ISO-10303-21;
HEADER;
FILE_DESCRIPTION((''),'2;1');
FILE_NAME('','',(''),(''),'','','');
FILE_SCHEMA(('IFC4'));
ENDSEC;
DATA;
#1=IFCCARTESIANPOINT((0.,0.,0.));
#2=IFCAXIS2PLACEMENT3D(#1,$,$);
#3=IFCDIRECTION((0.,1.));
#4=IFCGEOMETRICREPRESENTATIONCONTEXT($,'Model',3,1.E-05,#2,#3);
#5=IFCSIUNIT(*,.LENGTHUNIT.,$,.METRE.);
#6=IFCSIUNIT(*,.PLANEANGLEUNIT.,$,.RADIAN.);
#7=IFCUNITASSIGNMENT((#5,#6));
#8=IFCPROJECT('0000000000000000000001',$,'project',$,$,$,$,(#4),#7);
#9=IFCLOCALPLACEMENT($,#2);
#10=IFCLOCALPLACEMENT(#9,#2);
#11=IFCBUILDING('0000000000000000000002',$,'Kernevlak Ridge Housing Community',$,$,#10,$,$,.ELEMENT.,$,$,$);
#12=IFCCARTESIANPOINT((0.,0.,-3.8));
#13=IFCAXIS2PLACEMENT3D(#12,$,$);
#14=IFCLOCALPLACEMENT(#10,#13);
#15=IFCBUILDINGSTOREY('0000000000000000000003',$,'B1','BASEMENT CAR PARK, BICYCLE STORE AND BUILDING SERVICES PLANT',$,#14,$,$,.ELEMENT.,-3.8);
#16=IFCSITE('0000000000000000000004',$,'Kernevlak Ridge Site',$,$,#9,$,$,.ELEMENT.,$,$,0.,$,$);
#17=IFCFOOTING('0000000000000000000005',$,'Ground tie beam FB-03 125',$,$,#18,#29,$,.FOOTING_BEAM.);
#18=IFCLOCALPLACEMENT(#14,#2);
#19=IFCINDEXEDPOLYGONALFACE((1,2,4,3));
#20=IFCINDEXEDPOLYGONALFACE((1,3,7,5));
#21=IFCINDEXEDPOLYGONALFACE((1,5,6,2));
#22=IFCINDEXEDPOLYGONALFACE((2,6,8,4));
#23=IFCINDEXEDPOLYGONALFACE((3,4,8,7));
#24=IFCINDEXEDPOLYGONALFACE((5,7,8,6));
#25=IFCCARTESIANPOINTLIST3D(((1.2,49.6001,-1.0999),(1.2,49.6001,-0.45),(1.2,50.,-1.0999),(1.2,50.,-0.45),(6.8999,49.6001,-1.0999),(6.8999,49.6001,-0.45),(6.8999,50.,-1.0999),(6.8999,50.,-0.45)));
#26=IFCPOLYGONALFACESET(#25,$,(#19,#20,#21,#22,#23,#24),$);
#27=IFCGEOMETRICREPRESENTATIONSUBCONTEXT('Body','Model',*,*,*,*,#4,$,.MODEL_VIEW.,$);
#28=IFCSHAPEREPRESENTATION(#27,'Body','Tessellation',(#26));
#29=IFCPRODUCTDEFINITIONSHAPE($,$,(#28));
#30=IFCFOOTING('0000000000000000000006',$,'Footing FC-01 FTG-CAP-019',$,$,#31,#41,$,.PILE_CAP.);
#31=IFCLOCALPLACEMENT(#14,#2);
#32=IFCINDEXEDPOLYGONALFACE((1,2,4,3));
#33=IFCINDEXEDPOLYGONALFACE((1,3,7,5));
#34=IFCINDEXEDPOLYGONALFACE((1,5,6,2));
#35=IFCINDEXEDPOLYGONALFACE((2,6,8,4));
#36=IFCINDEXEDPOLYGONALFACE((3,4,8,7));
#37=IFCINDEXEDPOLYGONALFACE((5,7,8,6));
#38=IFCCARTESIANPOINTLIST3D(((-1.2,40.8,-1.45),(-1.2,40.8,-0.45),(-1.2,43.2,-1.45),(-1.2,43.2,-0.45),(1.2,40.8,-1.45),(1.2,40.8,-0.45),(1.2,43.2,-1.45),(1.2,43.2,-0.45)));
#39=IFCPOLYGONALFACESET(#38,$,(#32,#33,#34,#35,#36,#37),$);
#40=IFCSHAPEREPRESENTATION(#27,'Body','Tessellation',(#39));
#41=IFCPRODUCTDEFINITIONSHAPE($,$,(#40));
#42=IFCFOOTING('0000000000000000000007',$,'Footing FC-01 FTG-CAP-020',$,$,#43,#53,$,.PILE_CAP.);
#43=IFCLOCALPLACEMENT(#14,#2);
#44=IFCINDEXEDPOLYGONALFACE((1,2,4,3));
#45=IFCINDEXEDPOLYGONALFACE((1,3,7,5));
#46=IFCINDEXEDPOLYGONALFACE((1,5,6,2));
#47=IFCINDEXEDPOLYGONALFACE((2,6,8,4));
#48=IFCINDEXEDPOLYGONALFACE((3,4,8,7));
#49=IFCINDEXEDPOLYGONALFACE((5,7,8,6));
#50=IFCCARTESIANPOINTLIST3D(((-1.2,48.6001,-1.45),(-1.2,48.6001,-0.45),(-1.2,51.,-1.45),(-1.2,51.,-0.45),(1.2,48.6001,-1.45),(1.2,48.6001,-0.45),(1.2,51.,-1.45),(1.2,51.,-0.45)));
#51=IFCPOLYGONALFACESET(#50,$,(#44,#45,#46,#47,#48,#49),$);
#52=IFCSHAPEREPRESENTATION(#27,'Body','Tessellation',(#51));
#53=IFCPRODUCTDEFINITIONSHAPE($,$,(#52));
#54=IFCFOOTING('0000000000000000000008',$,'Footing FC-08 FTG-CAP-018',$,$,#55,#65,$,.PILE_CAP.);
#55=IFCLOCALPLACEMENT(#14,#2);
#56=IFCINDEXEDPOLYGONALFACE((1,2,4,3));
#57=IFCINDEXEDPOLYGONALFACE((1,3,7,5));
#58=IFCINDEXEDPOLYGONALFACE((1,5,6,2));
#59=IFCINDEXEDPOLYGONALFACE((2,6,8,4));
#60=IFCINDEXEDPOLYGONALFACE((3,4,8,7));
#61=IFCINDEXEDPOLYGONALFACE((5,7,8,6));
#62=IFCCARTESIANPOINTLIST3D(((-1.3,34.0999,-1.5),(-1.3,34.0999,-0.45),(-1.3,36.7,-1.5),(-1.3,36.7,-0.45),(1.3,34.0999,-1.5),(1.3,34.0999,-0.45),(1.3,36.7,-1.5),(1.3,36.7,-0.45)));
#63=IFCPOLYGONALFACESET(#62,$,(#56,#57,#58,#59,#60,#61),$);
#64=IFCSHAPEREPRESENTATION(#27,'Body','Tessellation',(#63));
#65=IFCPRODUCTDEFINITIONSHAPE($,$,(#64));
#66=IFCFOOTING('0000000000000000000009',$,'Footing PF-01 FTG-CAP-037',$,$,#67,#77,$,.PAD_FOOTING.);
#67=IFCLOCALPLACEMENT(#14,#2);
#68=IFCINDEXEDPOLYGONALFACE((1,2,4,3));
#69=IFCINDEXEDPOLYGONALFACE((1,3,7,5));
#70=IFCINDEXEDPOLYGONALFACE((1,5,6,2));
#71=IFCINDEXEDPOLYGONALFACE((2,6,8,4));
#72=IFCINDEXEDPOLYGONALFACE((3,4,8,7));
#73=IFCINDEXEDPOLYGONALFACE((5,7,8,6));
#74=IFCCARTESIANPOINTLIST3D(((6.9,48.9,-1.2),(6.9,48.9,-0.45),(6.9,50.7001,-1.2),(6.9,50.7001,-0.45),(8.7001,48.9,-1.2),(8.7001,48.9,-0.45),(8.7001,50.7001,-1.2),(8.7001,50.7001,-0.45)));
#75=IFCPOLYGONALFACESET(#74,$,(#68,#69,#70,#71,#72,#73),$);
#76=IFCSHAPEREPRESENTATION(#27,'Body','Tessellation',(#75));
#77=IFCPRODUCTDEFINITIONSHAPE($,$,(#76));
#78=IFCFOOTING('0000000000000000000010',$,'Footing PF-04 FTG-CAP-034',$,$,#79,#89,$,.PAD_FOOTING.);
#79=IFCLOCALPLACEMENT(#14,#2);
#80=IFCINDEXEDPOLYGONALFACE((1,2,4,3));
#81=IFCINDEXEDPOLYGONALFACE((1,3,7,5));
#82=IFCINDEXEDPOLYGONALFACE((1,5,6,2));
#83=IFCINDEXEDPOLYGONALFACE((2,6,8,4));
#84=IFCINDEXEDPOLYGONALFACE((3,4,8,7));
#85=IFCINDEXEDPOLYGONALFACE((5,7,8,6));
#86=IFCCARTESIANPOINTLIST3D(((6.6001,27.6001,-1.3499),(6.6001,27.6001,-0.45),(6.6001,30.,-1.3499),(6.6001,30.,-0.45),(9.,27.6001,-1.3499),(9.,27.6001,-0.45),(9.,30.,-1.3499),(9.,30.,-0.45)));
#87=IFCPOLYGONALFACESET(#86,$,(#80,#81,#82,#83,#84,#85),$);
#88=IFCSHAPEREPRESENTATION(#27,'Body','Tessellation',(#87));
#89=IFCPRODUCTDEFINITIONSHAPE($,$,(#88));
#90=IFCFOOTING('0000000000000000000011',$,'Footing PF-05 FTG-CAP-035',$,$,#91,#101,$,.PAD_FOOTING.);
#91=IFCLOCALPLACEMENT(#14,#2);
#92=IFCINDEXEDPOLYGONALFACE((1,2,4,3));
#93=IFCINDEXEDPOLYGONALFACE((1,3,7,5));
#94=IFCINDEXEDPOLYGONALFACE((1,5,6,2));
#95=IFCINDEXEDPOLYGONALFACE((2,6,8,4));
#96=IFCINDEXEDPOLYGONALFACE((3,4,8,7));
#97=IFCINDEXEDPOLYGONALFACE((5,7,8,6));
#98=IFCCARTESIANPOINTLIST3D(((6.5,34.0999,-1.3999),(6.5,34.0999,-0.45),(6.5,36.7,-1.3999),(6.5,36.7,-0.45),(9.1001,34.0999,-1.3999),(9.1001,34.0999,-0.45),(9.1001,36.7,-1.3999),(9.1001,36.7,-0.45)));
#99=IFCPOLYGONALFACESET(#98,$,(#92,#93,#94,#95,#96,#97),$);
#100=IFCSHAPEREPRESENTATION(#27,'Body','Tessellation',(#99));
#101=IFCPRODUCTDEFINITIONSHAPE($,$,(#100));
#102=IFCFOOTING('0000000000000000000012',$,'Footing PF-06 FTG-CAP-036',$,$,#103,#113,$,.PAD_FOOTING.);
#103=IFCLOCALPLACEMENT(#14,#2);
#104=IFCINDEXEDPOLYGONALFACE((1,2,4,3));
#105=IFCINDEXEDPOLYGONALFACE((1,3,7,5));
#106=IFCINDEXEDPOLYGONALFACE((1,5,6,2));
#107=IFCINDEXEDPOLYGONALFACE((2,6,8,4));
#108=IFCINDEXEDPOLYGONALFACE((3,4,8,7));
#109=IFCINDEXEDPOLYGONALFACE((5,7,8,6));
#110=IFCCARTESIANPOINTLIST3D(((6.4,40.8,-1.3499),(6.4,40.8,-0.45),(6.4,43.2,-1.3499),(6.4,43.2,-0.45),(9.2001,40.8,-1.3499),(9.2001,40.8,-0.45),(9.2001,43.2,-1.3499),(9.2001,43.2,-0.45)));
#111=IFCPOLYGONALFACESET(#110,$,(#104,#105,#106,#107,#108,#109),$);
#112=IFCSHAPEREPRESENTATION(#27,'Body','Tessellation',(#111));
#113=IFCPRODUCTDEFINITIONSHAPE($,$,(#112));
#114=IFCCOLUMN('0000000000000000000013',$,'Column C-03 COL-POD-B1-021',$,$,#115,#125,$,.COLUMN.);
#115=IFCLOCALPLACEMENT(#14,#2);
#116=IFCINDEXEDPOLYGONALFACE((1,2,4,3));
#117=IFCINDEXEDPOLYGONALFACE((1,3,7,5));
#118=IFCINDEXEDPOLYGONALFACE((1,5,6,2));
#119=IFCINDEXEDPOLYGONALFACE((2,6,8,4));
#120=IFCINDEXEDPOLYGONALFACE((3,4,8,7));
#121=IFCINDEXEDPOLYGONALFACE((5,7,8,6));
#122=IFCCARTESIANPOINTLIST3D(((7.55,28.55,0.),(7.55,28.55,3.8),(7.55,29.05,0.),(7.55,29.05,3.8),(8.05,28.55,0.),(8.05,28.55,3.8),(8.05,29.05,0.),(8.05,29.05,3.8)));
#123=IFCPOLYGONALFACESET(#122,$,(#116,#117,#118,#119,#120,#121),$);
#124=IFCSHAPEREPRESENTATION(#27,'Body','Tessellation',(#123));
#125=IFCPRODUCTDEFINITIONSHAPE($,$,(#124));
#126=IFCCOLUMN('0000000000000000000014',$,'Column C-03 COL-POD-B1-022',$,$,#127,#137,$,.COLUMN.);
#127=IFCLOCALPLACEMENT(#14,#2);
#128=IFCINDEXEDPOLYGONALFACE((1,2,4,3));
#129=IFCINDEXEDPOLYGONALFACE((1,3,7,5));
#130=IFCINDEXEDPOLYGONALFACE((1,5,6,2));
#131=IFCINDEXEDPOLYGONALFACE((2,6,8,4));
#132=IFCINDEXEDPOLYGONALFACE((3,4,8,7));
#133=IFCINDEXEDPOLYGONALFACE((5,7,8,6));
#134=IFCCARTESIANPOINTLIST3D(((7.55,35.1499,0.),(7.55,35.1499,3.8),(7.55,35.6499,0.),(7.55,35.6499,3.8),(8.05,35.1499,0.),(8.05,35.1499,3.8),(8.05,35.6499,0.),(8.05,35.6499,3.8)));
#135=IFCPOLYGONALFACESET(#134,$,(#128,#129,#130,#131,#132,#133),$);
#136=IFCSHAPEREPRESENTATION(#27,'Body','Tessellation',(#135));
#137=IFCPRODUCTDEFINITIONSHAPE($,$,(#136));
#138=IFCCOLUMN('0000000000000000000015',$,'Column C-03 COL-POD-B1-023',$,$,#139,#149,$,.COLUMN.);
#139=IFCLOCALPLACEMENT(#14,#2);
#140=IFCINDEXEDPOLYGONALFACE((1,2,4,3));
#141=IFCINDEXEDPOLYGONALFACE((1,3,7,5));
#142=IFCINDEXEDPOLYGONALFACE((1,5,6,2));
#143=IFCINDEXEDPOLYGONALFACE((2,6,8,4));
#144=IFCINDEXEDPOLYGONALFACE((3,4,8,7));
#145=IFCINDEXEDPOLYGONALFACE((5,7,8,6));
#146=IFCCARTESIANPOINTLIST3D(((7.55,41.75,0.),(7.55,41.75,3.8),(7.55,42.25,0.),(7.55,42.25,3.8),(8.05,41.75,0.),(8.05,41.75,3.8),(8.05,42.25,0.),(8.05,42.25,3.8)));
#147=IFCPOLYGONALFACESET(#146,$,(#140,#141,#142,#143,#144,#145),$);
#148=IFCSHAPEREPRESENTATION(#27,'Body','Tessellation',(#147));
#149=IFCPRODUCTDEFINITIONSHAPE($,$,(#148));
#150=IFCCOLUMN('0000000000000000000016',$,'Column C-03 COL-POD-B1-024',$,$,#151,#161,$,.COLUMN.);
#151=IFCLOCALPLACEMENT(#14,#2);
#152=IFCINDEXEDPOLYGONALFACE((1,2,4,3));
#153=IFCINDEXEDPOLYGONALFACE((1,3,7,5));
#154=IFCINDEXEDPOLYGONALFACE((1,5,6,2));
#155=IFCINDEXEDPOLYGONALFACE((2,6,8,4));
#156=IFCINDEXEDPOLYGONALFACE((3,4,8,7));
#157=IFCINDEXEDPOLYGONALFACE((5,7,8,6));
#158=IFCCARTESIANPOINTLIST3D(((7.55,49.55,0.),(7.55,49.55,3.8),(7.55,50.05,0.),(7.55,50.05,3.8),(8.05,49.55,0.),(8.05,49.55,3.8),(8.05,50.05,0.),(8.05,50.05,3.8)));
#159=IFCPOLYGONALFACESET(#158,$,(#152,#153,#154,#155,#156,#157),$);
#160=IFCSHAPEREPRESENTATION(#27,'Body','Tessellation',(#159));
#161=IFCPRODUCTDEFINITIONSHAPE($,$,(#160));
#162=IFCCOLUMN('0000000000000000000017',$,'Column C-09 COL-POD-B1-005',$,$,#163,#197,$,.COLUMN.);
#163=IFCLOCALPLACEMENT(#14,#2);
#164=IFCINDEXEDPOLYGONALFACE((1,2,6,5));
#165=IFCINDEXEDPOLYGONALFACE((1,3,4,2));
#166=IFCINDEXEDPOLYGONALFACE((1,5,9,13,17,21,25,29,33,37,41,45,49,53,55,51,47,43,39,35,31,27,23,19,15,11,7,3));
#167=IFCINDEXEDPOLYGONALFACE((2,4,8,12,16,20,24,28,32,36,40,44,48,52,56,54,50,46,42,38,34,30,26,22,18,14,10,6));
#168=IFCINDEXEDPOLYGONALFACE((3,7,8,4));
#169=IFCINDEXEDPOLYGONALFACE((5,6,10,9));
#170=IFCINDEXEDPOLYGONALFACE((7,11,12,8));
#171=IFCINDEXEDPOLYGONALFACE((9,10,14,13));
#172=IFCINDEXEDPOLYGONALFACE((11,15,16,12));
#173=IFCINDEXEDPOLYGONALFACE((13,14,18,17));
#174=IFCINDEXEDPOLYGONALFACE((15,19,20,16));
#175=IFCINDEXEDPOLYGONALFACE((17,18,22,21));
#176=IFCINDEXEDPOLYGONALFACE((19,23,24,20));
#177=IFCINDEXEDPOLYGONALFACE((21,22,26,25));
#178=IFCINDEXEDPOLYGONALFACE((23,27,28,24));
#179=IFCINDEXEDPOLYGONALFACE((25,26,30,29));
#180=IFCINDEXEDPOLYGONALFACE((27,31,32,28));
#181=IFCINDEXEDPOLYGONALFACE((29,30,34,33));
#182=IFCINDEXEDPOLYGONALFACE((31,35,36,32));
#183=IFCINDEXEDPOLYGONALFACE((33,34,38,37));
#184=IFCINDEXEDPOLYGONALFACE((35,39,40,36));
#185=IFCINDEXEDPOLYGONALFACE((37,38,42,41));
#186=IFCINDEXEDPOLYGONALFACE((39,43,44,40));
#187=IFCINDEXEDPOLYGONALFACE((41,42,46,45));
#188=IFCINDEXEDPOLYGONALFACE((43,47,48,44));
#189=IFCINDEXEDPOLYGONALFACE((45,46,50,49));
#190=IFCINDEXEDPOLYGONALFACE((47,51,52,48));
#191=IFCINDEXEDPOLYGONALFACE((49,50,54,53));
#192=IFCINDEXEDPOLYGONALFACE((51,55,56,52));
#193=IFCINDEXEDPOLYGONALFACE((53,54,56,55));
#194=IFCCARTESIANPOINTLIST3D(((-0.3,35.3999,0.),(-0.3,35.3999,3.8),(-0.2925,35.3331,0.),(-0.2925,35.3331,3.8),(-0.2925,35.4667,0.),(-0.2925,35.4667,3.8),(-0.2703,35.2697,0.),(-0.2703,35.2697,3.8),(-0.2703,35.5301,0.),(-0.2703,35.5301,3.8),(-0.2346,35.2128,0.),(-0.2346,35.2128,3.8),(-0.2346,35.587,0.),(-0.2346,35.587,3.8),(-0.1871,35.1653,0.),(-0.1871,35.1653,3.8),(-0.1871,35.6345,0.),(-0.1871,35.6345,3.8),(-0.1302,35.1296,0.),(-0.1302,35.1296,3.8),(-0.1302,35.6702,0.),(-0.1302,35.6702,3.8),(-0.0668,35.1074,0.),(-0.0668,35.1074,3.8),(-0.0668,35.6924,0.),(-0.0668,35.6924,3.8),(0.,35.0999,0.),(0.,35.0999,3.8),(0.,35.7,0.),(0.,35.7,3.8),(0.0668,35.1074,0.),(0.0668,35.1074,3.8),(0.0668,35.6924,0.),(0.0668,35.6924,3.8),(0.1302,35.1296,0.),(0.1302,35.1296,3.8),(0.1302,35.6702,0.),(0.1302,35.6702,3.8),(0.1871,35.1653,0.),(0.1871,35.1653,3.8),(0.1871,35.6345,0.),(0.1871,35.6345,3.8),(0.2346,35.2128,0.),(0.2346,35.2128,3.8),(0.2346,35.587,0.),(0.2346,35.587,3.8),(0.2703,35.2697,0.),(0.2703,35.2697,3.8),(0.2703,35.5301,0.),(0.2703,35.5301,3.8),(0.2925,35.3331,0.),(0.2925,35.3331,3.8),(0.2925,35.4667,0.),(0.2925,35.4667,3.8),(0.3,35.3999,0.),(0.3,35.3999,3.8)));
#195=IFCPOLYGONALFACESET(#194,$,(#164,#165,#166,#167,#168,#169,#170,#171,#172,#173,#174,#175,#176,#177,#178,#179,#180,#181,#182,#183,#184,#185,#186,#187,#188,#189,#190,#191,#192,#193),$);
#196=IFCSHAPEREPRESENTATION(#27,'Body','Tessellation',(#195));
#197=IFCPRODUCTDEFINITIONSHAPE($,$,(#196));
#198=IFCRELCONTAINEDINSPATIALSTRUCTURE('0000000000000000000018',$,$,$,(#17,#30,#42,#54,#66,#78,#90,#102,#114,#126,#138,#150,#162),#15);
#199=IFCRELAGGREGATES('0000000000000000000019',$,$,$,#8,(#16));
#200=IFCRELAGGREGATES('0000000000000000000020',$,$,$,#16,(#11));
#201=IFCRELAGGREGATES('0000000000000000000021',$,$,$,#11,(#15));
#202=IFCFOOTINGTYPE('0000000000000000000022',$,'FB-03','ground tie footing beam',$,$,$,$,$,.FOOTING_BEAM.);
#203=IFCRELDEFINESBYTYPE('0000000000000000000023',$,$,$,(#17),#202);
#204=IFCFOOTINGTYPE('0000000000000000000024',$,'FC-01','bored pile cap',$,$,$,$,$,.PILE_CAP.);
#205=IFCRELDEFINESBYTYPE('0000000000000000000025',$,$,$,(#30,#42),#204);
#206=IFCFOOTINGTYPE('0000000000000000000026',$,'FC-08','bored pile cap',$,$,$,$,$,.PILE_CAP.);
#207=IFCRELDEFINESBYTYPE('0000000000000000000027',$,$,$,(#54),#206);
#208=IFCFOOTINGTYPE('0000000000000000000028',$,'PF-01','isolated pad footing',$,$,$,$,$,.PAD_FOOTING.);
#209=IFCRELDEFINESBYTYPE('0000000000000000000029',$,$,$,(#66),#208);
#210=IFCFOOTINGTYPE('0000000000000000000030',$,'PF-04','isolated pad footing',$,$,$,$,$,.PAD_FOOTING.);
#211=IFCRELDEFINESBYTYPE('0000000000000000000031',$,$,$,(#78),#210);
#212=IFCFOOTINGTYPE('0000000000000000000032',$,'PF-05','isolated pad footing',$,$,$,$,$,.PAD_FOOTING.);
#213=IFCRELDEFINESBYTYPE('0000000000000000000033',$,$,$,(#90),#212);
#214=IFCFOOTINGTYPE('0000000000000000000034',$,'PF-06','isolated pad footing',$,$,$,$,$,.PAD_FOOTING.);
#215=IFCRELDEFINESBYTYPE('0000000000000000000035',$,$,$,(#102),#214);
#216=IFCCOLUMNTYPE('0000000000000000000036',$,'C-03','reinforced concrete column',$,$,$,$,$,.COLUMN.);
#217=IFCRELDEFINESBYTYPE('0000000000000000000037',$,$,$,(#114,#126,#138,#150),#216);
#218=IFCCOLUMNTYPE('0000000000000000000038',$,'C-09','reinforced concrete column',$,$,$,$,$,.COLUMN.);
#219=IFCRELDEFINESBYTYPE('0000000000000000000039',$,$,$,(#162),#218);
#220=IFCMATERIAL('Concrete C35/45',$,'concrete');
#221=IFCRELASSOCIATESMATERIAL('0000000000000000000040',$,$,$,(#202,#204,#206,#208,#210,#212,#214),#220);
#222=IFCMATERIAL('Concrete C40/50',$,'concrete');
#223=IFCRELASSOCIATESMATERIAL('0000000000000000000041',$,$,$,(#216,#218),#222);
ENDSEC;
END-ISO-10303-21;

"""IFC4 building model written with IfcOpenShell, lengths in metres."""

from ifc_helpers import new_model, si_unit, direction, frame, origin, origin_2d, place, context, subcontext, project, spatial, rectangle, circle, extrude, material, material_profile, profile_set, type_object, element, save


model = new_model("IFC4")

# Units and contexts
model_context = context("Model", 3, precision=1e-05, world=origin(), true_north=direction((0.0, 1.0)))
body_context = subcontext(model_context, "Body", "Model", "MODEL_VIEW")
ifc_project = project(units=[si_unit("LENGTHUNIT", "METRE"), si_unit("PLANEANGLEUNIT", "RADIAN")], contexts=[model_context])

# Site, building, storey
site_placement = place(None, origin())
site = spatial("IfcSite", under=ifc_project, at=site_placement, Name="Kernevlak Ridge Site", CompositionType="ELEMENT", RefElevation=0.0)
building_placement = place(site_placement, origin())
building = spatial("IfcBuilding", under=site, at=building_placement, Name="Kernevlak Ridge Housing Community", CompositionType="ELEMENT")
storey_placement = place(building_placement, frame((0.0, 0.0, -3.8)))
storey = spatial("IfcBuildingStorey", under=building, at=storey_placement, Name="B1", Description="BASEMENT CAR PARK, BICYCLE STORE AND BUILDING SERVICES PLANT", CompositionType="ELEMENT", Elevation=-3.8)

# Shared definitions
ifc_material_1 = material(Name="Concrete C35/45", Category="concrete")

# Footings
ifc_material_profile_1 = material_profile(ifc_material_1, rectangle(XDim=0.3999, YDim=0.6499, at=origin_2d()), Name="RC 400x650")
ifc_profile_set_1 = profile_set([ifc_material_profile_1], Name="Concrete C35/45")
footing_type_1 = type_object("IfcFootingType", Name="FB-03", Description="ground tie footing beam", PredefinedType="FOOTING_BEAM", material=ifc_profile_set_1)
footing_1_placement = place(storey_placement, frame((1.2, 49.8, -0.7749), z_axis=(1.0, 0.0, 0.0), x_axis=(0.0, 1.0, 0.0)))
element("IfcFooting", 1, at=footing_1_placement, inside=storey, type_object=footing_type_1, Name="Ground tie beam FB-03 125", PredefinedType="FOOTING_BEAM", context=body_context, shape_type="SweptSolid", body=[
    extrude(rectangle(XDim=0.3999, YDim=0.6499, at=origin_2d()), origin(), (0.0, 0.0, 1.0), 5.7),
])
footing_type_2 = type_object("IfcFootingType", Name="FC-01", Description="bored pile cap", PredefinedType="PILE_CAP", material=ifc_material_1)
for number, where, z_axis, x_axis, name in (
    (2, (0.0, 42.0, -1.45), (0.0, 0.0, 1.0), (1.0, 0.0, 0.0), "Footing FC-01 FTG-CAP-019"),
    (3, (0.0, 49.8, -1.45), (0.0, 0.0, 1.0), (1.0, 0.0, 0.0), "Footing FC-01 FTG-CAP-020"),
):
    element("IfcFooting", number, at=place(storey_placement, frame(where, z_axis=z_axis, x_axis=x_axis)), inside=storey, type_object=footing_type_2, Name=name, PredefinedType="PILE_CAP", context=body_context, shape_type="SweptSolid", body=[
        extrude(rectangle(XDim=2.3999, YDim=2.3999, at=origin_2d()), origin(), (0.0, 0.0, 1.0), 1.0),
    ])
footing_type_3 = type_object("IfcFootingType", Name="FC-08", Description="bored pile cap", PredefinedType="PILE_CAP", material=ifc_material_1)
footing_2_placement = place(storey_placement, frame((0.0, 35.3999, -1.5), z_axis=(0.0, 0.0, 1.0), x_axis=(1.0, 0.0, 0.0)))
element("IfcFooting", 4, at=footing_2_placement, inside=storey, type_object=footing_type_3, Name="Footing FC-08 FTG-CAP-018", PredefinedType="PILE_CAP", context=body_context, shape_type="SweptSolid", body=[
    extrude(rectangle(XDim=2.6001, YDim=2.6001, at=origin_2d()), origin(), (0.0, 0.0, 1.0), 1.05),
])
footing_type_4 = type_object("IfcFootingType", Name="PF-01", Description="isolated pad footing", PredefinedType="PAD_FOOTING", material=ifc_material_1)
footing_3_placement = place(storey_placement, frame((7.8, 49.8, -1.2), z_axis=(0.0, 0.0, 1.0), x_axis=(1.0, 0.0, 0.0)))
element("IfcFooting", 5, at=footing_3_placement, inside=storey, type_object=footing_type_4, Name="Footing PF-01 FTG-CAP-037", PredefinedType="PAD_FOOTING", context=body_context, shape_type="SweptSolid", body=[
    extrude(rectangle(XDim=1.8, YDim=1.8, at=origin_2d()), origin(), (0.0, 0.0, 1.0), 0.75),
])
footing_type_5 = type_object("IfcFootingType", Name="PF-04", Description="isolated pad footing", PredefinedType="PAD_FOOTING", material=ifc_material_1)
footing_4_placement = place(storey_placement, frame((7.8, 28.8, -1.3499), z_axis=(0.0, 0.0, 1.0), x_axis=(1.0, 0.0, 0.0)))
element("IfcFooting", 6, at=footing_4_placement, inside=storey, type_object=footing_type_5, Name="Footing PF-04 FTG-CAP-034", PredefinedType="PAD_FOOTING", context=body_context, shape_type="SweptSolid", body=[
    extrude(rectangle(XDim=2.3999, YDim=2.3999, at=origin_2d()), origin(), (0.0, 0.0, 1.0), 0.8999),
])
footing_type_6 = type_object("IfcFootingType", Name="PF-05", Description="isolated pad footing", PredefinedType="PAD_FOOTING", material=ifc_material_1)
footing_5_placement = place(storey_placement, frame((7.8, 35.3999, -1.3999), z_axis=(0.0, 0.0, 1.0), x_axis=(1.0, 0.0, 0.0)))
element("IfcFooting", 7, at=footing_5_placement, inside=storey, type_object=footing_type_6, Name="Footing PF-05 FTG-CAP-035", PredefinedType="PAD_FOOTING", context=body_context, shape_type="SweptSolid", body=[
    extrude(rectangle(XDim=2.6001, YDim=2.6001, at=origin_2d()), origin(), (0.0, 0.0, 1.0), 0.95),
])
footing_type_7 = type_object("IfcFootingType", Name="PF-06", Description="isolated pad footing", PredefinedType="PAD_FOOTING", material=ifc_material_1)
footing_6_placement = place(storey_placement, frame((7.8, 42.0, -1.3499), z_axis=(0.0, 0.0, 1.0), x_axis=(1.0, 0.0, 0.0)))
element("IfcFooting", 8, at=footing_6_placement, inside=storey, type_object=footing_type_7, Name="Footing PF-06 FTG-CAP-036", PredefinedType="PAD_FOOTING", context=body_context, shape_type="SweptSolid", body=[
    extrude(rectangle(XDim=2.8, YDim=2.3999, at=origin_2d()), origin(), (0.0, 0.0, 1.0), 0.8999),
])

# Columns
ifc_material_2 = material(Name="Concrete C40/50", Category="concrete")
ifc_material_profile_2 = material_profile(ifc_material_2, rectangle(XDim=0.5, YDim=0.5, at=origin_2d()), Name="RC 500x500")
ifc_profile_set_2 = profile_set([ifc_material_profile_2], Name="Concrete C40/50")
column_type_1 = type_object("IfcColumnType", Name="C-03", Description="reinforced concrete column", PredefinedType="COLUMN", material=ifc_profile_set_2)
for number, where, z_axis, x_axis, name in (
    (9, (7.8, 28.8, 0.0), (0.0, 0.0, 1.0), (1.0, 0.0, 0.0), "Column C-03 COL-POD-B1-021"),
    (10, (7.8, 35.3999, 0.0), (0.0, 0.0, 1.0), (1.0, 0.0, 0.0), "Column C-03 COL-POD-B1-022"),
    (11, (7.8, 42.0, 0.0), (0.0, 0.0, 1.0), (1.0, 0.0, 0.0), "Column C-03 COL-POD-B1-023"),
    (12, (7.8, 49.8, 0.0), (0.0, 0.0, 1.0), (1.0, 0.0, 0.0), "Column C-03 COL-POD-B1-024"),
):
    element("IfcColumn", number, at=place(storey_placement, frame(where, z_axis=z_axis, x_axis=x_axis)), inside=storey, type_object=column_type_1, Name=name, PredefinedType="COLUMN", context=body_context, shape_type="SweptSolid", body=[
        extrude(rectangle(XDim=0.5, YDim=0.5, at=origin_2d()), origin(), (0.0, 0.0, 1.0), 3.8),
    ])
ifc_material_profile_3 = material_profile(ifc_material_2, circle(Radius=0.3, at=origin_2d()), Name="RC D600")
ifc_profile_set_3 = profile_set([ifc_material_profile_3], Name="Concrete C40/50")
column_type_2 = type_object("IfcColumnType", Name="C-09", Description="reinforced concrete column", PredefinedType="COLUMN", material=ifc_profile_set_3)
for number, where, z_axis, x_axis, name in (
    (13, (0.0, 35.3999, 0.0), (0.0, 0.0, 1.0), (1.0, 0.0, 0.0), "Column C-09 COL-POD-B1-005"),
):
    element("IfcColumn", number, at=place(storey_placement, frame(where, z_axis=z_axis, x_axis=x_axis)), inside=storey, type_object=column_type_2, Name=name, PredefinedType="COLUMN", context=body_context, shape_type="SweptSolid", body=[
        extrude(circle(Radius=0.3, at=origin_2d()), origin(), (0.0, 0.0, 1.0), 3.8),
    ])

save(model, "model.ifc")
